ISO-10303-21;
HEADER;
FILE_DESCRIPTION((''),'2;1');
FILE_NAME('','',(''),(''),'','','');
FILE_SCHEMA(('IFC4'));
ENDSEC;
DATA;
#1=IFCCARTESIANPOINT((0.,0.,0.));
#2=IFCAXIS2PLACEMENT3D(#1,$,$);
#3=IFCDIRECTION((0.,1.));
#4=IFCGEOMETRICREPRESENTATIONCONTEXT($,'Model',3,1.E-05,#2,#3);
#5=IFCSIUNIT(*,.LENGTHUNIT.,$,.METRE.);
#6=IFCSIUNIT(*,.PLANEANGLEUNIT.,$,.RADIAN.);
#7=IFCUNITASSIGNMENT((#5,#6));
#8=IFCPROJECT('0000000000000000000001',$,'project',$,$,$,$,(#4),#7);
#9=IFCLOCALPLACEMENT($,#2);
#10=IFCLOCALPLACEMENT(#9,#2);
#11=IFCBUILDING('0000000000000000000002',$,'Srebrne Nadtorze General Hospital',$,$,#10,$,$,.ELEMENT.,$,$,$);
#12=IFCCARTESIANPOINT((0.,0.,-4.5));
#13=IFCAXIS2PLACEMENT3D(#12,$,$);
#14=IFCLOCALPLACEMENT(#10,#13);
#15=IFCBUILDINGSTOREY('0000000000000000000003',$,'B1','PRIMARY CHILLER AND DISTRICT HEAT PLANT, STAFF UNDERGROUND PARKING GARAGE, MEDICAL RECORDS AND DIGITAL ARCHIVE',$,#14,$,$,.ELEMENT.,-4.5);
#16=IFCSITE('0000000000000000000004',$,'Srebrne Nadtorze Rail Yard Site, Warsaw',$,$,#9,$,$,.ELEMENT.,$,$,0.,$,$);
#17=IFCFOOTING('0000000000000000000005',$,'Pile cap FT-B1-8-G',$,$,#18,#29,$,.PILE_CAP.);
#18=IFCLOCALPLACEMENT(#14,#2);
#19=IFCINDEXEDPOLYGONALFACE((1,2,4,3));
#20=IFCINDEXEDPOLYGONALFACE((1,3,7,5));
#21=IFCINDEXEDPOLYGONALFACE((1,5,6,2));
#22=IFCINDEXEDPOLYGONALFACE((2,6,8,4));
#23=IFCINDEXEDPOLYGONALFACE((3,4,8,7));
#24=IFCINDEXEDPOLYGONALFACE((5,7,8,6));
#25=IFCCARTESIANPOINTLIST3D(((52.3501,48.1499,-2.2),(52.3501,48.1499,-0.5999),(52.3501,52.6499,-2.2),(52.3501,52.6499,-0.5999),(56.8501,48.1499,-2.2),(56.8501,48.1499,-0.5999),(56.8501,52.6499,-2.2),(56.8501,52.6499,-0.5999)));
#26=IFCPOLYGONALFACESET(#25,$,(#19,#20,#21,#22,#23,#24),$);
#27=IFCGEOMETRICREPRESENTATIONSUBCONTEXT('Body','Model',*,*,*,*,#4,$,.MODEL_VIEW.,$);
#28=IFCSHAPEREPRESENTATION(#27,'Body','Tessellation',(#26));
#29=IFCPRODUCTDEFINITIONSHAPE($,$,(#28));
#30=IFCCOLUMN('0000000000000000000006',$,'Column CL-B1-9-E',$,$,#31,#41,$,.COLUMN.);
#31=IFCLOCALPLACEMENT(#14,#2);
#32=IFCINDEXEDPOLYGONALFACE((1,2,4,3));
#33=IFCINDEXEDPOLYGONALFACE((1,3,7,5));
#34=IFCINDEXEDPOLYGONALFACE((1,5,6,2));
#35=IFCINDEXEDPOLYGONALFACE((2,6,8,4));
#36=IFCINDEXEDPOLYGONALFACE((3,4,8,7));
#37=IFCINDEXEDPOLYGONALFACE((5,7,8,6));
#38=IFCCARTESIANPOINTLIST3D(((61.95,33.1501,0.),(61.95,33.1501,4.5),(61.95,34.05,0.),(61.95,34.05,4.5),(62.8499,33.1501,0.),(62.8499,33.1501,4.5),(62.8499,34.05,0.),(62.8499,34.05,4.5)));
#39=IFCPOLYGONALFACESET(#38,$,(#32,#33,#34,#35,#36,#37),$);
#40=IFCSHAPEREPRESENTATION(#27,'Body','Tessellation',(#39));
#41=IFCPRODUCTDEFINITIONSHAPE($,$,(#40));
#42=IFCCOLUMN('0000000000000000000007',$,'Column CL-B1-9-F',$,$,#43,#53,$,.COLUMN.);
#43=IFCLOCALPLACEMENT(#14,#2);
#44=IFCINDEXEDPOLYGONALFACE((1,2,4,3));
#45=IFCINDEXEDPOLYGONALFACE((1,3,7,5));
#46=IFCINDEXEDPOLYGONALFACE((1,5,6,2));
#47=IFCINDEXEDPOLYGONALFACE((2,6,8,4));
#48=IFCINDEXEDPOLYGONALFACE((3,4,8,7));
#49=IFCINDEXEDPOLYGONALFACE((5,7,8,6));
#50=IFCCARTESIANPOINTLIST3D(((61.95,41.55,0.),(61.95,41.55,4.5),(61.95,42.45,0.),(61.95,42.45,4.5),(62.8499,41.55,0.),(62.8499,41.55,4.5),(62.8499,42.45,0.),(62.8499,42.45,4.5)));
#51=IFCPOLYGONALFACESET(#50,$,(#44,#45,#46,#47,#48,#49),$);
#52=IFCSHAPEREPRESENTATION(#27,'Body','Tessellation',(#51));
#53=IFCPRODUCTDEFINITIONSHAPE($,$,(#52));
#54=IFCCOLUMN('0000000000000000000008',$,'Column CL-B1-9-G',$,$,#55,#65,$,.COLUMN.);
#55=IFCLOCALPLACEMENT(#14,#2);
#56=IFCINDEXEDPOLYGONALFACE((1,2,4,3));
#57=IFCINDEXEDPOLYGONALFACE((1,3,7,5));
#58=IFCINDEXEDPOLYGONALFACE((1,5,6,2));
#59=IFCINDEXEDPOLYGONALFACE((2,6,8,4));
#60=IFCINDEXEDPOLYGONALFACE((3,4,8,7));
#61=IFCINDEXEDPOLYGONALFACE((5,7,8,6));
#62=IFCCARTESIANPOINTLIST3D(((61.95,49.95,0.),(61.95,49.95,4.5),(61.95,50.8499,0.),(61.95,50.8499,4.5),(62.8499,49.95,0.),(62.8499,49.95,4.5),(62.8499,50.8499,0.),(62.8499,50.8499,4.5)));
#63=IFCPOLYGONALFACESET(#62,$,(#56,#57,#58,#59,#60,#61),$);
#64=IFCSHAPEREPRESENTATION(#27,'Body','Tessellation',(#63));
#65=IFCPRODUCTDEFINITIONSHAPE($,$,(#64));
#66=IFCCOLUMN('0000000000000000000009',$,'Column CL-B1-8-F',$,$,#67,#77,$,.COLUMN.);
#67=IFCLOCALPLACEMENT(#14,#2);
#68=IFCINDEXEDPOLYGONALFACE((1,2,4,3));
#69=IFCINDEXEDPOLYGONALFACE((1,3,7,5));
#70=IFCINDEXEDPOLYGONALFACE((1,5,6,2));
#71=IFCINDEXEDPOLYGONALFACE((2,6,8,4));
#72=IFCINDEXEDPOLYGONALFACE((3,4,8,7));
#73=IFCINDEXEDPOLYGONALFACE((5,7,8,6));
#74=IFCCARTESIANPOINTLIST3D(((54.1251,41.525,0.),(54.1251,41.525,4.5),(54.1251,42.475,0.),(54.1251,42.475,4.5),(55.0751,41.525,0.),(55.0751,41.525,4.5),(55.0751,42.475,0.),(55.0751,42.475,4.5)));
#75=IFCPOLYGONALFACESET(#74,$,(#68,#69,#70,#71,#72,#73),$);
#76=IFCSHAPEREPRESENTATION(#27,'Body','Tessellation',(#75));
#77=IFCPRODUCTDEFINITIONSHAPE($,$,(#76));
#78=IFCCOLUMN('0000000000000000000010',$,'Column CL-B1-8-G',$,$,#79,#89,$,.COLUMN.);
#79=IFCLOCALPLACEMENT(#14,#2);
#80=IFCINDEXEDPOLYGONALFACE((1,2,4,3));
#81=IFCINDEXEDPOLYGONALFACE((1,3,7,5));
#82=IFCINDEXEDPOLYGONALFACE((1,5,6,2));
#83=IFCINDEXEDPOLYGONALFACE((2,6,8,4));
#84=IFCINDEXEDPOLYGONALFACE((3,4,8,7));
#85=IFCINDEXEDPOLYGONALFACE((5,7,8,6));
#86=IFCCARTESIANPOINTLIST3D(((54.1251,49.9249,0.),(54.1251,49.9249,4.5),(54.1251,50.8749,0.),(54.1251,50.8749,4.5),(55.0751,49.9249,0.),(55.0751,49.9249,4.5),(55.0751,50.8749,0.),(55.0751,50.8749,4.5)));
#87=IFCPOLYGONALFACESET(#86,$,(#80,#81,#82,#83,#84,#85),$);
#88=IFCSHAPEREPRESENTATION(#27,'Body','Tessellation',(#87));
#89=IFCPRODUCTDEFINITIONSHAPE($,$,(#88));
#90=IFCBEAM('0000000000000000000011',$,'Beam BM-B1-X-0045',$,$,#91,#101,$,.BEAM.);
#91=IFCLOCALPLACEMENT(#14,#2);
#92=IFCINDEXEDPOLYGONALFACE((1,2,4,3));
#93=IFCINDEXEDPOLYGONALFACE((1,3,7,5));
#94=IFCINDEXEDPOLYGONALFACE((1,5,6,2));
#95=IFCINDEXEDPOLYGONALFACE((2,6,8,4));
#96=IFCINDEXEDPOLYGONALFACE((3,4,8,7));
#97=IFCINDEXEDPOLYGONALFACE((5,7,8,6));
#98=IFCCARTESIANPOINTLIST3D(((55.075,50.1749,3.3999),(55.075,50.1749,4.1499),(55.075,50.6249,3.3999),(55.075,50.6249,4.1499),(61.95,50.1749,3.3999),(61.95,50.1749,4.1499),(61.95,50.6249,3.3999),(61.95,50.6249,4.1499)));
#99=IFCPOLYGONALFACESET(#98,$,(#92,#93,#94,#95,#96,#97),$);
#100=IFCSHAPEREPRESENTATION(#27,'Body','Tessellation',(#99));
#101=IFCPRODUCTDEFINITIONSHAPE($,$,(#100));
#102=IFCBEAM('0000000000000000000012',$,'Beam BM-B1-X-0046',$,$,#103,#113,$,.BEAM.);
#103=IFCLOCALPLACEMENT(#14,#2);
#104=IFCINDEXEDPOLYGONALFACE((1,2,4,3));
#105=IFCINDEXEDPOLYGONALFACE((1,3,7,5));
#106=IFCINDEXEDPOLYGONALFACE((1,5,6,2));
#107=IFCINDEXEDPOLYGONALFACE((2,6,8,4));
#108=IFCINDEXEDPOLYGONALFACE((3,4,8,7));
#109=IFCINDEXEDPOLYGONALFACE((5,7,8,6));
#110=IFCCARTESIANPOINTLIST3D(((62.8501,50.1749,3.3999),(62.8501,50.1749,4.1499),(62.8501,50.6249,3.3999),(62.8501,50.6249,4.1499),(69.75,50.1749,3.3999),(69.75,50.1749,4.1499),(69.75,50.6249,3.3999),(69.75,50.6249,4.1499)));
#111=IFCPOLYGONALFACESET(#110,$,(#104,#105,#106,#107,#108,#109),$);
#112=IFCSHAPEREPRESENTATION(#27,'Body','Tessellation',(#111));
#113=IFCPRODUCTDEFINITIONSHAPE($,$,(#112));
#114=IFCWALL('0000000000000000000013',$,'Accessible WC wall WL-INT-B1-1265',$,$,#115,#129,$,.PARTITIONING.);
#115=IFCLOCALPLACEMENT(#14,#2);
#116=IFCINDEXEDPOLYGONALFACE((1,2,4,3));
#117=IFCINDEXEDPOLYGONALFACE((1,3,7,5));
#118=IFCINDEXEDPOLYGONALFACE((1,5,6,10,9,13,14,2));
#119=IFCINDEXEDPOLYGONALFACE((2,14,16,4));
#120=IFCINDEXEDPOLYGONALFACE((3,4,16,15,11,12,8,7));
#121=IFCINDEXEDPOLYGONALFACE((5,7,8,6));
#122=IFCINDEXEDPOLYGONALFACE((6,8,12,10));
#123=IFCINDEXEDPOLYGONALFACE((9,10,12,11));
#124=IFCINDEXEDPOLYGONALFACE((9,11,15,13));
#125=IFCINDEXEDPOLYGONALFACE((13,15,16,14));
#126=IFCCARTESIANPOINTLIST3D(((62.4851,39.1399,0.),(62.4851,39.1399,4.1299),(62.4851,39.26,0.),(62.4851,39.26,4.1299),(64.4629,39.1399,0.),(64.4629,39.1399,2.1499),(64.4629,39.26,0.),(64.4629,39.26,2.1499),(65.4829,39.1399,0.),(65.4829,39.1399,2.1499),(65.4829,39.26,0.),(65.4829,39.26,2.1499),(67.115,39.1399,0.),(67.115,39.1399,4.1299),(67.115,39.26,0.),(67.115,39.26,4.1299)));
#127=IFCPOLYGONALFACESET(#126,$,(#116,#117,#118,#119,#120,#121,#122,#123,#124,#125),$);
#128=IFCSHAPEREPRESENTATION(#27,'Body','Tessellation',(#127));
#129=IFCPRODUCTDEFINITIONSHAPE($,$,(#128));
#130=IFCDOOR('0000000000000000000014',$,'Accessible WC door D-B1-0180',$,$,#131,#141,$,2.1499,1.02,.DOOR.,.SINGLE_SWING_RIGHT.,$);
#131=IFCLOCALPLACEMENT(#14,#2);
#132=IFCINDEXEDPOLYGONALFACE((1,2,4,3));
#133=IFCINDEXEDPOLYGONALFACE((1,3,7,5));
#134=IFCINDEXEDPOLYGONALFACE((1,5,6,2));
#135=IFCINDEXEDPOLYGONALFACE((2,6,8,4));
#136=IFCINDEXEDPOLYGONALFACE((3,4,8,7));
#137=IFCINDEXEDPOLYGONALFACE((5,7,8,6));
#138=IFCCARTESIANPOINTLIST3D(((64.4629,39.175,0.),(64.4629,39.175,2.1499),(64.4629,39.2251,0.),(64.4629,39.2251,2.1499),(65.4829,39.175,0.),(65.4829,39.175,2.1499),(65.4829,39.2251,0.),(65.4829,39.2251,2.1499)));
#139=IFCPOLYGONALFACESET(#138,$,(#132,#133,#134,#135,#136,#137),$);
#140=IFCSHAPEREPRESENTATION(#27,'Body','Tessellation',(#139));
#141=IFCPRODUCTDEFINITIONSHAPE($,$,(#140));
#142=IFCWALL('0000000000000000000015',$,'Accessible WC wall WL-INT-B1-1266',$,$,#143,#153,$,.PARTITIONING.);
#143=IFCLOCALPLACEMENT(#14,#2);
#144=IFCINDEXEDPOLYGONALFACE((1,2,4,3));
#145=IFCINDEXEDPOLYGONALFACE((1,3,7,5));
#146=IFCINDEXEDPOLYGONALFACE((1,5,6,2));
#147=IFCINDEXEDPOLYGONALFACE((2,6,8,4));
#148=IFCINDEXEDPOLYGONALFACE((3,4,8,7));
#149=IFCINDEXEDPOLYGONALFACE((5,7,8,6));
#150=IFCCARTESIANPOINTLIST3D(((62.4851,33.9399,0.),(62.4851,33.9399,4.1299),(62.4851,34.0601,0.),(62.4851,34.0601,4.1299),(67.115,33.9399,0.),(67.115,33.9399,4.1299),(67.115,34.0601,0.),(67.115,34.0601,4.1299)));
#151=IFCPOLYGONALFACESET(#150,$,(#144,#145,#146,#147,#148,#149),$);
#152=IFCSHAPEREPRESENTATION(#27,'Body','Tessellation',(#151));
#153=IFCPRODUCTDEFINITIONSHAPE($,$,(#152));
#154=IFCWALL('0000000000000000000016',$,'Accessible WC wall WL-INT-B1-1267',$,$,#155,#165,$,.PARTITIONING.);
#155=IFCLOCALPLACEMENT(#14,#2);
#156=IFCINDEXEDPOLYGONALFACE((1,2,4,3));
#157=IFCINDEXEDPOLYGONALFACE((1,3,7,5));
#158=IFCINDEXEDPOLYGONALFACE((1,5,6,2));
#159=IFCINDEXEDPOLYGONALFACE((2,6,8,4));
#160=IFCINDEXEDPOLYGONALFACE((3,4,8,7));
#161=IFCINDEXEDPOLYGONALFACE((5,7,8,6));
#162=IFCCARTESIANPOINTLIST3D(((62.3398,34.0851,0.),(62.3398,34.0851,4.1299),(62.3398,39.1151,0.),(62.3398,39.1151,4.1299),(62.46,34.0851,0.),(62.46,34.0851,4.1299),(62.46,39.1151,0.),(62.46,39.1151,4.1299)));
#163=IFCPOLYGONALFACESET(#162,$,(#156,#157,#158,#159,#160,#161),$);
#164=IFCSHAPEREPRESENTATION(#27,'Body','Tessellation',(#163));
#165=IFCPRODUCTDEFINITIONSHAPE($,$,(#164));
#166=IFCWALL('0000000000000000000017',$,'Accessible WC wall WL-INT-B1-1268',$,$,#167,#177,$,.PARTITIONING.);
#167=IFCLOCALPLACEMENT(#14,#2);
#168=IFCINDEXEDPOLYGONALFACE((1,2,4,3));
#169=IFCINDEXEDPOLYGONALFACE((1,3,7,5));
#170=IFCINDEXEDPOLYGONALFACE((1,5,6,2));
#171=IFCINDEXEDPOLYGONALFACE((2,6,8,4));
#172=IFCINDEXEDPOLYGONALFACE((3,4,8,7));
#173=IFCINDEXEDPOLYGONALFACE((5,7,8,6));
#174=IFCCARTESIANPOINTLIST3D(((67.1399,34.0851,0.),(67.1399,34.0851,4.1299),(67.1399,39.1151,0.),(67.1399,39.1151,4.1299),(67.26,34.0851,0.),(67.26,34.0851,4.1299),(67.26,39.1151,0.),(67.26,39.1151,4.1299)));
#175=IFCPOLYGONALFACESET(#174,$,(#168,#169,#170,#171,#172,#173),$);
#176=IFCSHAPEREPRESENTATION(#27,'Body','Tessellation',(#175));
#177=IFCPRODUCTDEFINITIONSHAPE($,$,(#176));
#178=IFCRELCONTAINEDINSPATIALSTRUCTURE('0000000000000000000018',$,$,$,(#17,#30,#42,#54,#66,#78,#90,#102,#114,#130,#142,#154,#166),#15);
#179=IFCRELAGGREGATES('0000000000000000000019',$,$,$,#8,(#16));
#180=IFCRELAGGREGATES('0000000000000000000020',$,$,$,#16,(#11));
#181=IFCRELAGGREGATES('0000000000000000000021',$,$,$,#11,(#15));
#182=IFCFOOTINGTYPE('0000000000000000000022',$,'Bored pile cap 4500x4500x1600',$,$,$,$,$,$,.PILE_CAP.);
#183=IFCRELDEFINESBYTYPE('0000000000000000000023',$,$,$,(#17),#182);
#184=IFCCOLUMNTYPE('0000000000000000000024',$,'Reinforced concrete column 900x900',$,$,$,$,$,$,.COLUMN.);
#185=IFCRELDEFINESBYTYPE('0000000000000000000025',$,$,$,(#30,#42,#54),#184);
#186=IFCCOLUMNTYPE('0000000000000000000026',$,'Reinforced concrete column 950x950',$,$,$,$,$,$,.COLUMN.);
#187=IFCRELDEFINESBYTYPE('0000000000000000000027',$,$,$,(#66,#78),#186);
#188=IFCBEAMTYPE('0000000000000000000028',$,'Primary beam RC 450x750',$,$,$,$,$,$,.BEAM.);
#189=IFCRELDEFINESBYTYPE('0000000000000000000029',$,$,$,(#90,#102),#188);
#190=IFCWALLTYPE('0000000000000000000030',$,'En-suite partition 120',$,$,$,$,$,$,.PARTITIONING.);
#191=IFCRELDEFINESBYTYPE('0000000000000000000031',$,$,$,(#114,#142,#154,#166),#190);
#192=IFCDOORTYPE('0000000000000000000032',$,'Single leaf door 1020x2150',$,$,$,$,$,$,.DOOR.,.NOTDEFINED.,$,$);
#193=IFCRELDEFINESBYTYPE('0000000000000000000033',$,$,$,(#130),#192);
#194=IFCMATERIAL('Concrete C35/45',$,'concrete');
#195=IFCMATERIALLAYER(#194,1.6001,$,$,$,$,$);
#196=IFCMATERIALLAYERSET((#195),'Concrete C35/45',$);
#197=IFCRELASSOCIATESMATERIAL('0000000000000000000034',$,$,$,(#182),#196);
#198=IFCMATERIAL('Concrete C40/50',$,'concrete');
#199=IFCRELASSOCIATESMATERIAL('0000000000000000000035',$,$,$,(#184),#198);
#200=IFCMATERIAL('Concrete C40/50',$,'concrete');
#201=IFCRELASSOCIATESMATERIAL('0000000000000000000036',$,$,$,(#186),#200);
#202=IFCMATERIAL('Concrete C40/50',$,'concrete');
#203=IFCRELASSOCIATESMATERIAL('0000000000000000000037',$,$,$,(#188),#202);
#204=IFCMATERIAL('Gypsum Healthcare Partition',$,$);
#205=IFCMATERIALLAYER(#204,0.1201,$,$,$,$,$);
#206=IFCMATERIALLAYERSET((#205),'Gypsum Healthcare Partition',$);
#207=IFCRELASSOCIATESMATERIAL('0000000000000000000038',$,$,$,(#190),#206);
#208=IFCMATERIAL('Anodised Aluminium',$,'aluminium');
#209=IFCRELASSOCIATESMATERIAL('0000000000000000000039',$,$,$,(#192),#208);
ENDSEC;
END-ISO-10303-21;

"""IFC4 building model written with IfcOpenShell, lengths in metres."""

from ifc_helpers import new_model, si_unit, direction, frame, frame_2d, origin, origin_2d, place, context, subcontext, project, spatial, rectangle, extrude, material, layer, layer_set, material_profile, profile_set, type_object, element, fill, save


model = new_model("IFC4")

# Units and contexts
model_context = context("Model", 3, precision=1e-05, world=origin(), true_north=direction((0.0, 1.0)))
body_context = subcontext(model_context, "Body", "Model", "MODEL_VIEW")
ifc_project = project(units=[si_unit("LENGTHUNIT", "METRE"), si_unit("PLANEANGLEUNIT", "RADIAN")], contexts=[model_context])

# Site, building, storey
site_placement = place(None, origin())
site = spatial("IfcSite", under=ifc_project, at=site_placement, Name="Srebrne Nadtorze Rail Yard Site, Warsaw", CompositionType="ELEMENT", RefElevation=0.0)
building_placement = place(site_placement, origin())
building = spatial("IfcBuilding", under=site, at=building_placement, Name="Srebrne Nadtorze General Hospital", CompositionType="ELEMENT")
storey_placement = place(building_placement, frame((0.0, 0.0, -4.5)))
storey = spatial("IfcBuildingStorey", under=building, at=storey_placement, Name="B1", Description="PRIMARY CHILLER AND DISTRICT HEAT PLANT, STAFF UNDERGROUND PARKING GARAGE, MEDICAL RECORDS AND DIGITAL ARCHIVE", CompositionType="ELEMENT", Elevation=-4.5)

# Footing
ifc_material_1 = material(Name="Concrete C35/45", Category="concrete")
ifc_layer_1 = layer(ifc_material_1, 1.6001)
ifc_layer_set_1 = layer_set([ifc_layer_1], Name="Concrete C35/45")
footing_type_1 = type_object("IfcFootingType", Name="Bored pile cap 4500x4500x1600", PredefinedType="PILE_CAP", material=ifc_layer_set_1)
footing_1_placement = place(storey_placement, frame((54.6001, 50.3999, -2.2), z_axis=(0.0, 0.0, 1.0), x_axis=(1.0, 0.0, 0.0)))
element("IfcFooting", 1, at=footing_1_placement, inside=storey, type_object=footing_type_1, Name="Pile cap FT-B1-8-G", PredefinedType="PILE_CAP", context=body_context, shape_type="SweptSolid", body=[
    extrude(rectangle(XDim=4.5, YDim=4.5, at=origin_2d()), origin(), (0.0, 0.0, 1.0), 1.6001),
])

# Columns
ifc_material_2 = material(Name="Concrete C40/50", Category="concrete")
ifc_material_profile_1 = material_profile(ifc_material_2, rectangle(XDim=0.8999, YDim=0.8999, at=origin_2d()), Name="RC-COL-900x900")
ifc_profile_set_1 = profile_set([ifc_material_profile_1], Name="Concrete C40/50")
column_type_1 = type_object("IfcColumnType", Name="Reinforced concrete column 900x900", PredefinedType="COLUMN", material=ifc_profile_set_1)
for number, where, z_axis, x_axis, name in (
    (2, (62.3999, 33.6001, 0.0), (0.0, 0.0, 1.0), (1.0, 0.0, 0.0), "Column CL-B1-9-E"),
    (3, (62.3999, 42.0, 0.0), (0.0, 0.0, 1.0), (1.0, 0.0, 0.0), "Column CL-B1-9-F"),
    (4, (62.3999, 50.3999, 0.0), (0.0, 0.0, 1.0), (1.0, 0.0, 0.0), "Column CL-B1-9-G"),
):
    element("IfcColumn", number, at=place(storey_placement, frame(where, z_axis=z_axis, x_axis=x_axis)), inside=storey, type_object=column_type_1, Name=name, PredefinedType="COLUMN", context=body_context, shape_type="SweptSolid", body=[
        extrude(rectangle(XDim=0.8999, YDim=0.8999, at=origin_2d()), origin(), (0.0, 0.0, 1.0), 4.5),
    ])
ifc_material_3 = material(Name="Concrete C40/50", Category="concrete")
ifc_material_profile_2 = material_profile(ifc_material_3, rectangle(XDim=0.95, YDim=0.95, at=origin_2d()), Name="RC-COL-950x950")
ifc_profile_set_2 = profile_set([ifc_material_profile_2], Name="Concrete C40/50")
column_type_2 = type_object("IfcColumnType", Name="Reinforced concrete column 950x950", PredefinedType="COLUMN", material=ifc_profile_set_2)
for number, where, z_axis, x_axis, name in (
    (5, (54.6001, 42.0, 0.0), (0.0, 0.0, 1.0), (1.0, 0.0, 0.0), "Column CL-B1-8-F"),
    (6, (54.6001, 50.3999, 0.0), (0.0, 0.0, 1.0), (1.0, 0.0, 0.0), "Column CL-B1-8-G"),
):
    element("IfcColumn", number, at=place(storey_placement, frame(where, z_axis=z_axis, x_axis=x_axis)), inside=storey, type_object=column_type_2, Name=name, PredefinedType="COLUMN", context=body_context, shape_type="SweptSolid", body=[
        extrude(rectangle(XDim=0.95, YDim=0.95, at=origin_2d()), origin(), (0.0, 0.0, 1.0), 4.5),
    ])

# Beams
ifc_material_4 = material(Name="Concrete C40/50", Category="concrete")
ifc_material_profile_3 = material_profile(ifc_material_4, rectangle(XDim=0.45, YDim=0.75, at=origin_2d()), Name="RC-BM-450x750")
ifc_profile_set_3 = profile_set([ifc_material_profile_3], Name="Concrete C40/50")
beam_type = type_object("IfcBeamType", Name="Primary beam RC 450x750", PredefinedType="BEAM", material=ifc_profile_set_3)
beam_1_placement = place(storey_placement, frame((55.075, 50.3999, 3.7749), z_axis=(1.0, 0.0, 0.0), x_axis=(0.0, 1.0, 0.0)))
element("IfcBeam", 7, at=beam_1_placement, inside=storey, type_object=beam_type, Name="Beam BM-B1-X-0045", PredefinedType="BEAM", context=body_context, shape_type="SweptSolid", body=[
    extrude(rectangle(XDim=0.45, YDim=0.75, at=origin_2d()), origin(), (0.0, 0.0, 1.0), 6.875),
])
beam_2_placement = place(storey_placement, frame((62.8501, 50.3999, 3.7749), z_axis=(1.0, 0.0, 0.0), x_axis=(0.0, 1.0, 0.0)))
element("IfcBeam", 8, at=beam_2_placement, inside=storey, type_object=beam_type, Name="Beam BM-B1-X-0046", PredefinedType="BEAM", context=body_context, shape_type="SweptSolid", body=[
    extrude(rectangle(XDim=0.45, YDim=0.75, at=origin_2d()), origin(), (0.0, 0.0, 1.0), 6.8999),
])

# Wall, opening, door
ifc_material_5 = material(Name="Gypsum Healthcare Partition")
ifc_layer_2 = layer(ifc_material_5, 0.1201)
ifc_layer_set_2 = layer_set([ifc_layer_2], Name="Gypsum Healthcare Partition")
wall_type_1 = type_object("IfcWallType", Name="En-suite partition 120", PredefinedType="PARTITIONING", material=ifc_layer_set_2)
wall_1_placement = place(storey_placement, frame((62.4851, 39.2, 0.0), z_axis=(0.0, 0.0, 1.0), x_axis=(1.0, 0.0, 0.0)))
wall_1 = element("IfcWall", 9, at=wall_1_placement, inside=storey, type_object=wall_type_1, Name="Accessible WC wall WL-INT-B1-1265", PredefinedType="PARTITIONING", context=body_context, shape_type="SweptSolid", body=[
    extrude(rectangle(XDim=4.6299, YDim=0.1201, at=frame_2d((2.3149, 0.0))), origin(), (0.0, 0.0, 1.0), 4.1299),
])
opening_1_placement = place(wall_1_placement, frame((1.9778, 0.0, 0.0)))
opening_1 = element("IfcOpeningElement", 10, at=opening_1_placement, cuts=wall_1, PredefinedType="OPENING", context=body_context, shape_type="SweptSolid", body=[
    extrude(rectangle(XDim=1.02, YDim=2.1499, at=frame_2d((0.51, 1.075))), frame((0.0, 0.072, 0.0), z_axis=(0.0, -1.0, 0.0), x_axis=(1.0, 0.0, 0.0)), (0.0, 0.0, 1.0), 0.144),
])
ifc_material_6 = material(Name="Anodised Aluminium", Category="aluminium")
door_type_1 = type_object("IfcDoorType", Name="Single leaf door 1020x2150", OperationType="NOTDEFINED", PredefinedType="DOOR", material=ifc_material_6)
door_1_placement = place(opening_1_placement, frame((1.02, 0.0, 0.0), z_axis=(0.0, 0.0, 1.0), x_axis=(-1.0, 0.0, 0.0)))
door_1 = element("IfcDoor", 11, at=door_1_placement, inside=storey, type_object=door_type_1, Name="Accessible WC door D-B1-0180", OperationType="SINGLE_SWING_RIGHT", OverallHeight=2.1499, OverallWidth=1.02, PredefinedType="DOOR", context=body_context, shape_type="SweptSolid", body=[
    extrude(rectangle(XDim=1.02, YDim=2.1499, at=frame_2d((0.51, 1.075))), frame((0.0, 0.0249, 0.0), z_axis=(0.0, -1.0, 0.0), x_axis=(1.0, 0.0, 0.0)), (0.0, 0.0, 1.0), 0.05),
])
fill(opening_1, door_1)

# Walls
wall_2_placement = place(storey_placement, frame((62.4851, 34.0, 0.0), z_axis=(0.0, 0.0, 1.0), x_axis=(1.0, 0.0, 0.0)))
element("IfcWall", 12, at=wall_2_placement, inside=storey, type_object=wall_type_1, Name="Accessible WC wall WL-INT-B1-1266", PredefinedType="PARTITIONING", context=body_context, shape_type="SweptSolid", body=[
    extrude(rectangle(XDim=4.6299, YDim=0.1201, at=frame_2d((2.3149, 0.0))), origin(), (0.0, 0.0, 1.0), 4.1299),
])
for number, where, z_axis, x_axis, name in (
    (13, (62.3999, 34.085, 0.0), (0.0, 0.0, 1.0), (0.0, 1.0, 0.0), "Accessible WC wall WL-INT-B1-1267"),
    (14, (67.2, 34.085, 0.0), (0.0, 0.0, 1.0), (0.0, 1.0, 0.0), "Accessible WC wall WL-INT-B1-1268"),
):
    element("IfcWall", number, at=place(storey_placement, frame(where, z_axis=z_axis, x_axis=x_axis)), inside=storey, type_object=wall_type_1, Name=name, PredefinedType="PARTITIONING", context=body_context, shape_type="SweptSolid", body=[
        extrude(rectangle(XDim=5.03, YDim=0.1201, at=frame_2d((2.5151, 0.0))), origin(), (0.0, 0.0, 1.0), 4.1299),
    ])

save(model, "model.ifc")
